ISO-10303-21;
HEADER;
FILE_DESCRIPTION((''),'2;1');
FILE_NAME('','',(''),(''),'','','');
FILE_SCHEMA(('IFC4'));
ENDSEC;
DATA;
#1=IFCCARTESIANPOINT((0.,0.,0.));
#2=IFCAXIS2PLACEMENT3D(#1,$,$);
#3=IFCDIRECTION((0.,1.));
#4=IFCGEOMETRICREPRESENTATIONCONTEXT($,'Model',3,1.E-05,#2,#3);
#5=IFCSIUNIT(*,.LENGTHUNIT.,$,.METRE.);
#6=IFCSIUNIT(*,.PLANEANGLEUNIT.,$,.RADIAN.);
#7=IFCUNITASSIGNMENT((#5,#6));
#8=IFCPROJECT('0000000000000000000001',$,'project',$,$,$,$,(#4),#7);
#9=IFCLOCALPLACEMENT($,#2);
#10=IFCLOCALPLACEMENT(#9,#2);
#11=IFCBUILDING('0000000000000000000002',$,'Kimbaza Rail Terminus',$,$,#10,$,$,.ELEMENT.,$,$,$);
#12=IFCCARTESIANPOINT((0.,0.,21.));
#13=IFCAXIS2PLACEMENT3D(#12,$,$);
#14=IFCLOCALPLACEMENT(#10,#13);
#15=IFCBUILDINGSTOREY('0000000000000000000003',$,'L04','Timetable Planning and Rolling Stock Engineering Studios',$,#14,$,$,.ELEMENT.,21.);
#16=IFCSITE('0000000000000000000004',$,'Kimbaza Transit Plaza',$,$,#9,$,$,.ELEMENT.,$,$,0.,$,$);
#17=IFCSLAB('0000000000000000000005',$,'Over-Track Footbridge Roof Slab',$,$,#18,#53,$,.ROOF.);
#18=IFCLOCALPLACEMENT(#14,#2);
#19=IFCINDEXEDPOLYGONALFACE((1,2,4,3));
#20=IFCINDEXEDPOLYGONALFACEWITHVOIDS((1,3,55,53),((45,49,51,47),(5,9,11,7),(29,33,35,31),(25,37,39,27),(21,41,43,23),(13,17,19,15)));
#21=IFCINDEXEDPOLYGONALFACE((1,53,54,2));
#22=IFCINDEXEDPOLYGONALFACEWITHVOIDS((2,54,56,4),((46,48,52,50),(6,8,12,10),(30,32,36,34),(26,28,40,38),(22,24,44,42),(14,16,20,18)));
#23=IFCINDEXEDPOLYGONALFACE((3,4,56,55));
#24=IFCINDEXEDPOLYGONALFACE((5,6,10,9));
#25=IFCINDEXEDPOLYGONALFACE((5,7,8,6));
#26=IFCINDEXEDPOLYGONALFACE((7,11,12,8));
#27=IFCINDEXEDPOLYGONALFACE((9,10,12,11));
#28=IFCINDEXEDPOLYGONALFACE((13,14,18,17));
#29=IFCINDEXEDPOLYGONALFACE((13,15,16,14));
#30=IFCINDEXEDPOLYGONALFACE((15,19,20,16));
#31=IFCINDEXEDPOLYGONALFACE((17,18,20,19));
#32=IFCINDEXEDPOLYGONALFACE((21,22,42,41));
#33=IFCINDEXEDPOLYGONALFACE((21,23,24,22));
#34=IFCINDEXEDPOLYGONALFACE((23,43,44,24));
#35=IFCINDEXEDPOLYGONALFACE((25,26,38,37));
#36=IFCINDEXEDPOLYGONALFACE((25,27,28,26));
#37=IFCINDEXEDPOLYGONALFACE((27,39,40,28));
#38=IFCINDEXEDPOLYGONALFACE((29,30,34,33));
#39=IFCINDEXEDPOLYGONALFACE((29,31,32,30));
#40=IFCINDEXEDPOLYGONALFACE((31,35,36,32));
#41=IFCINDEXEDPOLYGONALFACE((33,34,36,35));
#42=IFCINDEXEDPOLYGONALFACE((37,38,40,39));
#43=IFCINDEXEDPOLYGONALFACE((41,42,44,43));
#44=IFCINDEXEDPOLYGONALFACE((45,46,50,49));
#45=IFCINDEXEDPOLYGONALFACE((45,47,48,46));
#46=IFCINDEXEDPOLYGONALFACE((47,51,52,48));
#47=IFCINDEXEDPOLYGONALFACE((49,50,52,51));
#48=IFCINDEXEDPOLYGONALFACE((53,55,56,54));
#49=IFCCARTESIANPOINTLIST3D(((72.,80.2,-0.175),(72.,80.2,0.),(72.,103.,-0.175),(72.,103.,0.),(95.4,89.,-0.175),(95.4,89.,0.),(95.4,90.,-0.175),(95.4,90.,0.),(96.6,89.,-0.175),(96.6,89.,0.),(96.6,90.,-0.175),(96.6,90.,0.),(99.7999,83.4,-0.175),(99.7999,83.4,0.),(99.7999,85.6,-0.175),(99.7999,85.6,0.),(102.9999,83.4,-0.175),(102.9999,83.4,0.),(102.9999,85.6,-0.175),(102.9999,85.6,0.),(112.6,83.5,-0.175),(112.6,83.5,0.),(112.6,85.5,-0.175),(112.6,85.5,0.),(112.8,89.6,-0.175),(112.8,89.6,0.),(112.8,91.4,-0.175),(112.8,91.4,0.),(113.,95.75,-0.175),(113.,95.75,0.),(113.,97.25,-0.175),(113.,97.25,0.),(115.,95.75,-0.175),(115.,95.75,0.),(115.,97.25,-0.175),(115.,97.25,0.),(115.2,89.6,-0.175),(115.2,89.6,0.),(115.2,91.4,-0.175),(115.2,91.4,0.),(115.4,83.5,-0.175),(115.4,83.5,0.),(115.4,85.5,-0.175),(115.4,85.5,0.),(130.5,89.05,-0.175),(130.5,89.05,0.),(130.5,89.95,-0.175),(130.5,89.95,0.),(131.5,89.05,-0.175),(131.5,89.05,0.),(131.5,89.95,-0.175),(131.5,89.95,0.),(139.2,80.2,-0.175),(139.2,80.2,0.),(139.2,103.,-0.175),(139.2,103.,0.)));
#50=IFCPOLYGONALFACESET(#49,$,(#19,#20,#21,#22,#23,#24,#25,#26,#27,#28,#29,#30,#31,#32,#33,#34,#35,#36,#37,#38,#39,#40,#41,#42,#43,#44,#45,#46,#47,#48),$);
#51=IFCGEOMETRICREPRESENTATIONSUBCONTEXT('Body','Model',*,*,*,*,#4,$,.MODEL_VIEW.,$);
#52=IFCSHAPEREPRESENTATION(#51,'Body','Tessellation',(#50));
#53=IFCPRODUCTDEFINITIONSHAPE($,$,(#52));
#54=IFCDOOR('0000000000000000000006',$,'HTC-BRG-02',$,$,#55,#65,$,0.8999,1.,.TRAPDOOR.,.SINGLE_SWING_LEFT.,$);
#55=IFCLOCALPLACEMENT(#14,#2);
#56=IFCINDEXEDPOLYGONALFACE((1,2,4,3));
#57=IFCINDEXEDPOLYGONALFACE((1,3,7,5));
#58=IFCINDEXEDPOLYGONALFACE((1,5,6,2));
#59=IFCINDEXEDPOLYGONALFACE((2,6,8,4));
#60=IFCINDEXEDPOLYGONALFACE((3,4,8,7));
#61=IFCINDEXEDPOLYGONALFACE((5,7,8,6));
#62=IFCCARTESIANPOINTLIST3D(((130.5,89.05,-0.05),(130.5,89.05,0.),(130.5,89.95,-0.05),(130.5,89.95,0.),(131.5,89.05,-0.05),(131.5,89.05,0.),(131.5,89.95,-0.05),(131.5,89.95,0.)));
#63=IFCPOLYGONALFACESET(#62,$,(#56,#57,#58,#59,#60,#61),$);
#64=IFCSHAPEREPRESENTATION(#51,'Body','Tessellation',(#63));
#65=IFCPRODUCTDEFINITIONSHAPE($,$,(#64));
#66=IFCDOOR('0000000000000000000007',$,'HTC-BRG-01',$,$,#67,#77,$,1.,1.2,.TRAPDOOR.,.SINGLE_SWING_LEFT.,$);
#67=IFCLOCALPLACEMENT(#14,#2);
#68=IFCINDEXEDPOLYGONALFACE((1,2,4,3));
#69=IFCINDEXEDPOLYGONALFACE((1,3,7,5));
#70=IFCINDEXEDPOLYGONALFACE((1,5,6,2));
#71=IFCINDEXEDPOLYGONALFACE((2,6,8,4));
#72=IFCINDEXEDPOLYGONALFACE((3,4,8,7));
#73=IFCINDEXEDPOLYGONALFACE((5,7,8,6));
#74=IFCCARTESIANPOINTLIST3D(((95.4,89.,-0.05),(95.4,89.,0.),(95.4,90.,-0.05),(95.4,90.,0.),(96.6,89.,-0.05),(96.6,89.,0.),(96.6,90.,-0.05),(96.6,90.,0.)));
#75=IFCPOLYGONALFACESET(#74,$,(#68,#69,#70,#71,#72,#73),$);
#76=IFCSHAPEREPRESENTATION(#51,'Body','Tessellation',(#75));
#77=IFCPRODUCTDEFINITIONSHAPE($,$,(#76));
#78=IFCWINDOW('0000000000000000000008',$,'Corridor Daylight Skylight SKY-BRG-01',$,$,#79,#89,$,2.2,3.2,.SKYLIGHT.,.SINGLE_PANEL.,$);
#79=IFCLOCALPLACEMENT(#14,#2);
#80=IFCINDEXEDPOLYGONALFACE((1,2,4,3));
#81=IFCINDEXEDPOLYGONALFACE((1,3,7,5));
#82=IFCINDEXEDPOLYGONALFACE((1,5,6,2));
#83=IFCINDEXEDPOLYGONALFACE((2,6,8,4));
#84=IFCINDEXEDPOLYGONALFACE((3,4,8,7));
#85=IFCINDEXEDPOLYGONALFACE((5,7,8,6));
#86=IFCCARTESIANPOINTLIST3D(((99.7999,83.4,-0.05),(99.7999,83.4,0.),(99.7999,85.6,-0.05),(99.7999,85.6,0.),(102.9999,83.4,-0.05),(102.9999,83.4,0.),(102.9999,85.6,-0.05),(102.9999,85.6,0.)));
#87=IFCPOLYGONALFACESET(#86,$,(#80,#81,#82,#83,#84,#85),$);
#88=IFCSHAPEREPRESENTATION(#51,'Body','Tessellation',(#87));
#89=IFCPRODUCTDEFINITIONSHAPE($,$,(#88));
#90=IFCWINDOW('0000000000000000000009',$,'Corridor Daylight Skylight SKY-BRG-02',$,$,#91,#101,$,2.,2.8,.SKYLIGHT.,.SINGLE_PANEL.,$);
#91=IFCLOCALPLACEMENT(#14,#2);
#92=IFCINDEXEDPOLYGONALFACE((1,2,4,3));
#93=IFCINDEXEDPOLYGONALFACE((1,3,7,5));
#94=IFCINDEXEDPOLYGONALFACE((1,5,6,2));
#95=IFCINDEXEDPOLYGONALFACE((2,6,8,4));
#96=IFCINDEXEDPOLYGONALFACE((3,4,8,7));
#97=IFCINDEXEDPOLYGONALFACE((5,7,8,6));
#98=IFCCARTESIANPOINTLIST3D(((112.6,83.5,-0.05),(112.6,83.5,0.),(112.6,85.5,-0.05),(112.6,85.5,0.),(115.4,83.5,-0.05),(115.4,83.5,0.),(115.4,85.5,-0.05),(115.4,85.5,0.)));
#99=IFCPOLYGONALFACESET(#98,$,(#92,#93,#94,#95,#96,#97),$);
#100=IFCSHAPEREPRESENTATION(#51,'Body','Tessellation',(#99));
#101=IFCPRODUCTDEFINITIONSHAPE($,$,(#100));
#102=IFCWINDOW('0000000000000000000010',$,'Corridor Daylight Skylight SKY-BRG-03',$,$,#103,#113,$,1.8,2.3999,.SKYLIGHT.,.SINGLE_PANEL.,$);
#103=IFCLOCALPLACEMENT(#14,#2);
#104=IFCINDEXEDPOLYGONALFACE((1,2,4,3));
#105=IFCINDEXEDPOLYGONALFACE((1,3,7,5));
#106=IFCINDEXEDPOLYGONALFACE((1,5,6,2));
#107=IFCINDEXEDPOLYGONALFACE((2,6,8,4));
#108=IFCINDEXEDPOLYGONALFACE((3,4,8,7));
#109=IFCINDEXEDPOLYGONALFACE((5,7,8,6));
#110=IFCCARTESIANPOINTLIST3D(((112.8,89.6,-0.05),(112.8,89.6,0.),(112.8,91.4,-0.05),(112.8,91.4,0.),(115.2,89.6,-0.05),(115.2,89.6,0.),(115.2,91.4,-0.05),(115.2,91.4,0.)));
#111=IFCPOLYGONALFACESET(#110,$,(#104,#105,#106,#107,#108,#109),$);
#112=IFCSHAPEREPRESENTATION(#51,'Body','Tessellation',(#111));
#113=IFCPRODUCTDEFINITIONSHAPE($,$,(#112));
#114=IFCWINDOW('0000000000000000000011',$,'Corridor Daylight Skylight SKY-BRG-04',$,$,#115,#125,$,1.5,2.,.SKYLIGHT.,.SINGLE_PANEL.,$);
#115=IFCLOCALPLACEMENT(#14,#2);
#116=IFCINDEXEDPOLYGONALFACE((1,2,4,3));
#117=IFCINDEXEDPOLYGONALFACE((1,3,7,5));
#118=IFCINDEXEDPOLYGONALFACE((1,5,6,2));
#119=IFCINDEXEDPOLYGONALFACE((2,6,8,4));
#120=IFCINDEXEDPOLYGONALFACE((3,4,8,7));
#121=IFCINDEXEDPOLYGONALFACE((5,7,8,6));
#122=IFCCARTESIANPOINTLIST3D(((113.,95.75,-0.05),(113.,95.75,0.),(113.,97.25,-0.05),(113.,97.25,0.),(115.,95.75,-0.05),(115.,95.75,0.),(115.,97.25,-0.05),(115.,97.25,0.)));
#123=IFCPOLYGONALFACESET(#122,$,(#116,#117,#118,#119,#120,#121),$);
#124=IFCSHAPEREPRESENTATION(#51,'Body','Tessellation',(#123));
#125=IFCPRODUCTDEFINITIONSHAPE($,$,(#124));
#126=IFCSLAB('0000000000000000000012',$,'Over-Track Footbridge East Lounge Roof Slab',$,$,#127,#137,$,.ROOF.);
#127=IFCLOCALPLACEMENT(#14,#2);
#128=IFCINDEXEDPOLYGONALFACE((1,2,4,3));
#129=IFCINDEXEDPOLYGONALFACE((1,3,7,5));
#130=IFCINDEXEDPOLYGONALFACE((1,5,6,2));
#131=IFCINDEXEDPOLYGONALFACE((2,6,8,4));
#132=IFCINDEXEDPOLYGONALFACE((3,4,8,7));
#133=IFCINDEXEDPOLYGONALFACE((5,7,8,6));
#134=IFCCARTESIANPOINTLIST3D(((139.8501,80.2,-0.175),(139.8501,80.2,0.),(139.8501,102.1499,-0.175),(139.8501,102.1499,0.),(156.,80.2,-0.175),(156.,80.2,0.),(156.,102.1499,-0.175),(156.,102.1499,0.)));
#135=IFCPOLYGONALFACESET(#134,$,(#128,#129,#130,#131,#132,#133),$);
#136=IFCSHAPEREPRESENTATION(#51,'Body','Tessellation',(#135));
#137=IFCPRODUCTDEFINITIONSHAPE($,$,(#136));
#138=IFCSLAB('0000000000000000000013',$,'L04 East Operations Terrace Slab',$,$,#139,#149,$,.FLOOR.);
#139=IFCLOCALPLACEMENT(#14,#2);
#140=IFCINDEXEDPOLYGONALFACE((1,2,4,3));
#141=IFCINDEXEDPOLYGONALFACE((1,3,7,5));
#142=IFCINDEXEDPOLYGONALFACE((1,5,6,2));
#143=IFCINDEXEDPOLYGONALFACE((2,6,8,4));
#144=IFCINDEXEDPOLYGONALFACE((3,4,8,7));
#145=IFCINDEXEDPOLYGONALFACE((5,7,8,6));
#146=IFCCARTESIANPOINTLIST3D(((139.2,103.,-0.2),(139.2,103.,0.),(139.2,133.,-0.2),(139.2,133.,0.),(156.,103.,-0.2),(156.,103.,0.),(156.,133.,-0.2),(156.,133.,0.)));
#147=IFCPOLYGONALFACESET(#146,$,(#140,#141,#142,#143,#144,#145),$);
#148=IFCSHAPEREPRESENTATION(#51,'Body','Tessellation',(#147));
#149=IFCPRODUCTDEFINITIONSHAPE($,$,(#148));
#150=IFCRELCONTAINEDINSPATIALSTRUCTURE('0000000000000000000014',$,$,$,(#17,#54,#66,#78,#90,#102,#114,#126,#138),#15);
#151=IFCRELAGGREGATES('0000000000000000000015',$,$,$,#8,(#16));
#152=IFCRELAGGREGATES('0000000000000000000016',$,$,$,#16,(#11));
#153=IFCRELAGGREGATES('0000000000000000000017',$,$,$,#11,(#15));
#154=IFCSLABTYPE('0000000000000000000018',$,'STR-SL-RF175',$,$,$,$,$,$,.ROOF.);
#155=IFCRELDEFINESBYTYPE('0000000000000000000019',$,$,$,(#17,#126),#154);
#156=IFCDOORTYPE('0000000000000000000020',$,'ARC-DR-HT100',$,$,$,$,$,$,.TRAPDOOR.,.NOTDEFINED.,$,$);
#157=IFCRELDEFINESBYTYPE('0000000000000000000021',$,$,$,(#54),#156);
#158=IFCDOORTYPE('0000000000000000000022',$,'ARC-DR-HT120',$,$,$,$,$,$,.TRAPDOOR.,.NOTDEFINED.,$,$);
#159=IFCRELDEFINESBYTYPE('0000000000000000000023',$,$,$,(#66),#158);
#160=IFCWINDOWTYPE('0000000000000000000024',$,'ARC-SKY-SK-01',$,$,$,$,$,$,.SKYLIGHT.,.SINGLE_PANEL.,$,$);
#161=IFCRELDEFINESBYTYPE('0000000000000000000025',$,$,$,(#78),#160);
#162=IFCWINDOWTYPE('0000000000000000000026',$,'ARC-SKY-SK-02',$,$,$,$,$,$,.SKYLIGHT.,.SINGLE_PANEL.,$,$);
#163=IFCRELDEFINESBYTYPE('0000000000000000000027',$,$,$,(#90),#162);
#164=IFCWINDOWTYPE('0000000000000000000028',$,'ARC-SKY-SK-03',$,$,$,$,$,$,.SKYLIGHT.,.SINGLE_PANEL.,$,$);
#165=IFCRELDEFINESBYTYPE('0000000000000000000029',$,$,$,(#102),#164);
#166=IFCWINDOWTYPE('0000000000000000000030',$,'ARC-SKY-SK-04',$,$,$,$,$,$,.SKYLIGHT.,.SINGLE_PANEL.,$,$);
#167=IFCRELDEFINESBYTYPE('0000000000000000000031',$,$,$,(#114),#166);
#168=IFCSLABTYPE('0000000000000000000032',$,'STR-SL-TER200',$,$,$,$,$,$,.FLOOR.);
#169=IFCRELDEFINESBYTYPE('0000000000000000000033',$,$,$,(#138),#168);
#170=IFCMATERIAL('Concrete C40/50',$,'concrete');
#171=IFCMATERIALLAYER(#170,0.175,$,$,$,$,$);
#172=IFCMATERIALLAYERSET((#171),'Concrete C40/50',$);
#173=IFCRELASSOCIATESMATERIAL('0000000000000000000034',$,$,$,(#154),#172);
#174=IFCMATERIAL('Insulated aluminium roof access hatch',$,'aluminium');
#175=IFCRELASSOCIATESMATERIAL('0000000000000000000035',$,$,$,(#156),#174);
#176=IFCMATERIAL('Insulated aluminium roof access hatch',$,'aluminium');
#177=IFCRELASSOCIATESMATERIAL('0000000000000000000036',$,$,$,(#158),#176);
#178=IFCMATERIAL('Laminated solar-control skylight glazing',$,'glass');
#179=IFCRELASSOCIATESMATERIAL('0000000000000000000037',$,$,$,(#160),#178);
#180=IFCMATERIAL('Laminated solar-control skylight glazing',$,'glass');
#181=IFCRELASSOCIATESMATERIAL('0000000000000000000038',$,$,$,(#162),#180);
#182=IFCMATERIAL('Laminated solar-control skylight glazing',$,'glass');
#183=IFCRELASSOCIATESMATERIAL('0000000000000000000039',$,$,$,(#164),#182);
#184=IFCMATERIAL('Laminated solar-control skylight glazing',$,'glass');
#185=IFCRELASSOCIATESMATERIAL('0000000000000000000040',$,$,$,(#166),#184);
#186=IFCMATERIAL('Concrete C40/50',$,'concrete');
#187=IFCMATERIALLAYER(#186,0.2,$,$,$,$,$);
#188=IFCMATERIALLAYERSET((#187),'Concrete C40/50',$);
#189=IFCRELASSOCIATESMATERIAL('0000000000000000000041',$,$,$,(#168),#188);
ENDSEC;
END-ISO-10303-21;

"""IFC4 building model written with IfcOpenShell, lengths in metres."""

from ifc_helpers import new_model, si_unit, direction, frame, origin, origin_2d, place, context, subcontext, project, spatial, polyline, rectangle, outline, extrude, material, layer, layer_set, type_object, element, fill, save


model = new_model("IFC4")

# Units and contexts
model_context = context("Model", 3, precision=1e-05, world=origin(), true_north=direction((0.0, 1.0)))
body_context = subcontext(model_context, "Body", "Model", "MODEL_VIEW")
ifc_project = project(units=[si_unit("LENGTHUNIT", "METRE"), si_unit("PLANEANGLEUNIT", "RADIAN")], contexts=[model_context])

# Site, building, storey
site_placement = place(None, origin())
site = spatial("IfcSite", under=ifc_project, at=site_placement, Name="Kimbaza Transit Plaza", CompositionType="ELEMENT", RefElevation=0.0)
building_placement = place(site_placement, origin())
building = spatial("IfcBuilding", under=site, at=building_placement, Name="Kimbaza Rail Terminus", CompositionType="ELEMENT")
storey_placement = place(building_placement, frame((0.0, 0.0, 21.0)))
storey = spatial("IfcBuildingStorey", under=building, at=storey_placement, Name="L04", Description="Timetable Planning and Rolling Stock Engineering Studios", CompositionType="ELEMENT", Elevation=21.0)

# Slab, openings, doors, windows
ifc_material_1 = material(Name="Concrete C40/50", Category="concrete")
ifc_layer_1 = layer(ifc_material_1, 0.175)
ifc_layer_set_1 = layer_set([ifc_layer_1], Name="Concrete C40/50")
slab_type_1 = type_object("IfcSlabType", Name="STR-SL-RF175", PredefinedType="ROOF", material=ifc_layer_set_1)
slab_1_placement = place(storey_placement, frame((0.0, 0.0, -0.175)))
slab_1 = element("IfcSlab", 1, at=slab_1_placement, inside=storey, type_object=slab_type_1, Name="Over-Track Footbridge Roof Slab", PredefinedType="ROOF", context=body_context, shape_type="SweptSolid", body=[
    extrude(outline(polyline([(72.0, 80.2), (139.2, 80.2), (139.2, 103.0), (72.0, 103.0), (72.0, 80.2)])), origin(), (0.0, 0.0, 1.0), 0.175),
])
opening_1_placement = place(slab_1_placement, frame((101.3999, 84.5, 0.0)))
opening_1 = element("IfcOpeningElement", 2, at=opening_1_placement, cuts=slab_1, PredefinedType="OPENING", context=body_context, shape_type="SweptSolid", body=[
    extrude(rectangle(XDim=3.2, YDim=2.2, at=origin_2d()), frame((0.0, 0.0, -0.01)), (0.0, 0.0, 1.0), 0.1951),
])
opening_2_placement = place(slab_1_placement, frame((114.0, 84.5, 0.0)))
opening_2 = element("IfcOpeningElement", 3, at=opening_2_placement, cuts=slab_1, PredefinedType="OPENING", context=body_context, shape_type="SweptSolid", body=[
    extrude(rectangle(XDim=2.8, YDim=2.0, at=origin_2d()), frame((0.0, 0.0, -0.01)), (0.0, 0.0, 1.0), 0.1951),
])
opening_3_placement = place(slab_1_placement, frame((114.0, 90.5, 0.0)))
opening_3 = element("IfcOpeningElement", 4, at=opening_3_placement, cuts=slab_1, PredefinedType="OPENING", context=body_context, shape_type="SweptSolid", body=[
    extrude(rectangle(XDim=2.3999, YDim=1.8, at=origin_2d()), frame((0.0, 0.0, -0.01)), (0.0, 0.0, 1.0), 0.1951),
])
opening_4_placement = place(slab_1_placement, frame((114.0, 96.5, 0.0)))
opening_4 = element("IfcOpeningElement", 5, at=opening_4_placement, cuts=slab_1, PredefinedType="OPENING", context=body_context, shape_type="SweptSolid", body=[
    extrude(rectangle(XDim=2.0, YDim=1.5, at=origin_2d()), frame((0.0, 0.0, -0.01)), (0.0, 0.0, 1.0), 0.1951),
])
opening_5_placement = place(slab_1_placement, frame((96.0, 89.5, 0.0)))
opening_5 = element("IfcOpeningElement", 6, at=opening_5_placement, cuts=slab_1, PredefinedType="OPENING", context=body_context, shape_type="SweptSolid", body=[
    extrude(rectangle(XDim=1.2, YDim=1.0, at=origin_2d()), frame((0.0, 0.0, -0.01)), (0.0, 0.0, 1.0), 0.1951),
])
opening_6_placement = place(slab_1_placement, frame((131.0, 89.5, 0.0)))
opening_6 = element("IfcOpeningElement", 7, at=opening_6_placement, cuts=slab_1, PredefinedType="OPENING", context=body_context, shape_type="SweptSolid", body=[
    extrude(rectangle(XDim=1.0, YDim=0.8999, at=origin_2d()), frame((0.0, 0.0, -0.01)), (0.0, 0.0, 1.0), 0.1951),
])
ifc_material_2 = material(Name="Insulated aluminium roof access hatch", Category="aluminium")
door_type_1 = type_object("IfcDoorType", Name="ARC-DR-HT100", OperationType="NOTDEFINED", PredefinedType="TRAPDOOR", material=ifc_material_2)
door_1_placement = place(opening_6_placement, frame((0.0, 0.0, 0.125)))
door_1 = element("IfcDoor", 8, at=door_1_placement, inside=storey, type_object=door_type_1, Name="HTC-BRG-02", OperationType="SINGLE_SWING_LEFT", OverallHeight=0.8999, OverallWidth=1.0, PredefinedType="TRAPDOOR", context=body_context, shape_type="SweptSolid", body=[
    extrude(rectangle(XDim=1.0, YDim=0.8999, at=origin_2d()), origin(), (0.0, 0.0, 1.0), 0.05),
])
fill(opening_6, door_1)
ifc_material_3 = material(Name="Insulated aluminium roof access hatch", Category="aluminium")
door_type_2 = type_object("IfcDoorType", Name="ARC-DR-HT120", OperationType="NOTDEFINED", PredefinedType="TRAPDOOR", material=ifc_material_3)
door_2_placement = place(opening_5_placement, frame((0.0, 0.0, 0.125)))
door_2 = element("IfcDoor", 9, at=door_2_placement, inside=storey, type_object=door_type_2, Name="HTC-BRG-01", OperationType="SINGLE_SWING_LEFT", OverallHeight=1.0, OverallWidth=1.2, PredefinedType="TRAPDOOR", context=body_context, shape_type="SweptSolid", body=[
    extrude(rectangle(XDim=1.2, YDim=1.0, at=origin_2d()), origin(), (0.0, 0.0, 1.0), 0.05),
])
fill(opening_5, door_2)
ifc_material_4 = material(Name="Laminated solar-control skylight glazing", Category="glass")
window_type_1 = type_object("IfcWindowType", Name="ARC-SKY-SK-01", PartitioningType="SINGLE_PANEL", PredefinedType="SKYLIGHT", material=ifc_material_4)
window_1_placement = place(opening_1_placement, frame((0.0, 0.0, 0.125)))
window_1 = element("IfcWindow", 10, at=window_1_placement, inside=storey, type_object=window_type_1, Name="Corridor Daylight Skylight SKY-BRG-01", OverallHeight=2.2, OverallWidth=3.2, PartitioningType="SINGLE_PANEL", PredefinedType="SKYLIGHT", context=body_context, shape_type="SweptSolid", body=[
    extrude(rectangle(XDim=3.2, YDim=2.2, at=origin_2d()), origin(), (0.0, 0.0, 1.0), 0.05),
])
fill(opening_1, window_1)
ifc_material_5 = material(Name="Laminated solar-control skylight glazing", Category="glass")
window_type_2 = type_object("IfcWindowType", Name="ARC-SKY-SK-02", PartitioningType="SINGLE_PANEL", PredefinedType="SKYLIGHT", material=ifc_material_5)
window_2_placement = place(opening_2_placement, frame((0.0, 0.0, 0.125)))
window_2 = element("IfcWindow", 11, at=window_2_placement, inside=storey, type_object=window_type_2, Name="Corridor Daylight Skylight SKY-BRG-02", OverallHeight=2.0, OverallWidth=2.8, PartitioningType="SINGLE_PANEL", PredefinedType="SKYLIGHT", context=body_context, shape_type="SweptSolid", body=[
    extrude(rectangle(XDim=2.8, YDim=2.0, at=origin_2d()), origin(), (0.0, 0.0, 1.0), 0.05),
])
fill(opening_2, window_2)
ifc_material_6 = material(Name="Laminated solar-control skylight glazing", Category="glass")
window_type_3 = type_object("IfcWindowType", Name="ARC-SKY-SK-03", PartitioningType="SINGLE_PANEL", PredefinedType="SKYLIGHT", material=ifc_material_6)
window_3_placement = place(opening_3_placement, frame((0.0, 0.0, 0.125)))
window_3 = element("IfcWindow", 12, at=window_3_placement, inside=storey, type_object=window_type_3, Name="Corridor Daylight Skylight SKY-BRG-03", OverallHeight=1.8, OverallWidth=2.3999, PartitioningType="SINGLE_PANEL", PredefinedType="SKYLIGHT", context=body_context, shape_type="SweptSolid", body=[
    extrude(rectangle(XDim=2.3999, YDim=1.8, at=origin_2d()), origin(), (0.0, 0.0, 1.0), 0.05),
])
fill(opening_3, window_3)
ifc_material_7 = material(Name="Laminated solar-control skylight glazing", Category="glass")
window_type_4 = type_object("IfcWindowType", Name="ARC-SKY-SK-04", PartitioningType="SINGLE_PANEL", PredefinedType="SKYLIGHT", material=ifc_material_7)
window_4_placement = place(opening_4_placement, frame((0.0, 0.0, 0.125)))
window_4 = element("IfcWindow", 13, at=window_4_placement, inside=storey, type_object=window_type_4, Name="Corridor Daylight Skylight SKY-BRG-04", OverallHeight=1.5, OverallWidth=2.0, PartitioningType="SINGLE_PANEL", PredefinedType="SKYLIGHT", context=body_context, shape_type="SweptSolid", body=[
    extrude(rectangle(XDim=2.0, YDim=1.5, at=origin_2d()), origin(), (0.0, 0.0, 1.0), 0.05),
])
fill(opening_4, window_4)

# Slabs
slab_2_placement = place(storey_placement, frame((0.0, 0.0, -0.175)))
element("IfcSlab", 14, at=slab_2_placement, inside=storey, type_object=slab_type_1, Name="Over-Track Footbridge East Lounge Roof Slab", PredefinedType="ROOF", context=body_context, shape_type="SweptSolid", body=[
    extrude(outline(polyline([(139.8501, 80.2), (156.0, 80.2), (156.0, 102.1499), (139.8501, 102.1499), (139.8501, 80.2)])), origin(), (0.0, 0.0, 1.0), 0.175),
])
ifc_material_8 = material(Name="Concrete C40/50", Category="concrete")
ifc_layer_2 = layer(ifc_material_8, 0.2)
ifc_layer_set_2 = layer_set([ifc_layer_2], Name="Concrete C40/50")
slab_type_2 = type_object("IfcSlabType", Name="STR-SL-TER200", PredefinedType="FLOOR", material=ifc_layer_set_2)
slab_3_placement = place(storey_placement, frame((0.0, 0.0, -0.2)))
element("IfcSlab", 15, at=slab_3_placement, inside=storey, type_object=slab_type_2, Name="L04 East Operations Terrace Slab", PredefinedType="FLOOR", context=body_context, shape_type="SweptSolid", body=[
    extrude(outline(polyline([(139.2, 103.0), (156.0, 103.0), (156.0, 133.0), (139.2, 133.0), (139.2, 103.0)])), origin(), (0.0, 0.0, 1.0), 0.2),
])

save(model, "model.ifc")
